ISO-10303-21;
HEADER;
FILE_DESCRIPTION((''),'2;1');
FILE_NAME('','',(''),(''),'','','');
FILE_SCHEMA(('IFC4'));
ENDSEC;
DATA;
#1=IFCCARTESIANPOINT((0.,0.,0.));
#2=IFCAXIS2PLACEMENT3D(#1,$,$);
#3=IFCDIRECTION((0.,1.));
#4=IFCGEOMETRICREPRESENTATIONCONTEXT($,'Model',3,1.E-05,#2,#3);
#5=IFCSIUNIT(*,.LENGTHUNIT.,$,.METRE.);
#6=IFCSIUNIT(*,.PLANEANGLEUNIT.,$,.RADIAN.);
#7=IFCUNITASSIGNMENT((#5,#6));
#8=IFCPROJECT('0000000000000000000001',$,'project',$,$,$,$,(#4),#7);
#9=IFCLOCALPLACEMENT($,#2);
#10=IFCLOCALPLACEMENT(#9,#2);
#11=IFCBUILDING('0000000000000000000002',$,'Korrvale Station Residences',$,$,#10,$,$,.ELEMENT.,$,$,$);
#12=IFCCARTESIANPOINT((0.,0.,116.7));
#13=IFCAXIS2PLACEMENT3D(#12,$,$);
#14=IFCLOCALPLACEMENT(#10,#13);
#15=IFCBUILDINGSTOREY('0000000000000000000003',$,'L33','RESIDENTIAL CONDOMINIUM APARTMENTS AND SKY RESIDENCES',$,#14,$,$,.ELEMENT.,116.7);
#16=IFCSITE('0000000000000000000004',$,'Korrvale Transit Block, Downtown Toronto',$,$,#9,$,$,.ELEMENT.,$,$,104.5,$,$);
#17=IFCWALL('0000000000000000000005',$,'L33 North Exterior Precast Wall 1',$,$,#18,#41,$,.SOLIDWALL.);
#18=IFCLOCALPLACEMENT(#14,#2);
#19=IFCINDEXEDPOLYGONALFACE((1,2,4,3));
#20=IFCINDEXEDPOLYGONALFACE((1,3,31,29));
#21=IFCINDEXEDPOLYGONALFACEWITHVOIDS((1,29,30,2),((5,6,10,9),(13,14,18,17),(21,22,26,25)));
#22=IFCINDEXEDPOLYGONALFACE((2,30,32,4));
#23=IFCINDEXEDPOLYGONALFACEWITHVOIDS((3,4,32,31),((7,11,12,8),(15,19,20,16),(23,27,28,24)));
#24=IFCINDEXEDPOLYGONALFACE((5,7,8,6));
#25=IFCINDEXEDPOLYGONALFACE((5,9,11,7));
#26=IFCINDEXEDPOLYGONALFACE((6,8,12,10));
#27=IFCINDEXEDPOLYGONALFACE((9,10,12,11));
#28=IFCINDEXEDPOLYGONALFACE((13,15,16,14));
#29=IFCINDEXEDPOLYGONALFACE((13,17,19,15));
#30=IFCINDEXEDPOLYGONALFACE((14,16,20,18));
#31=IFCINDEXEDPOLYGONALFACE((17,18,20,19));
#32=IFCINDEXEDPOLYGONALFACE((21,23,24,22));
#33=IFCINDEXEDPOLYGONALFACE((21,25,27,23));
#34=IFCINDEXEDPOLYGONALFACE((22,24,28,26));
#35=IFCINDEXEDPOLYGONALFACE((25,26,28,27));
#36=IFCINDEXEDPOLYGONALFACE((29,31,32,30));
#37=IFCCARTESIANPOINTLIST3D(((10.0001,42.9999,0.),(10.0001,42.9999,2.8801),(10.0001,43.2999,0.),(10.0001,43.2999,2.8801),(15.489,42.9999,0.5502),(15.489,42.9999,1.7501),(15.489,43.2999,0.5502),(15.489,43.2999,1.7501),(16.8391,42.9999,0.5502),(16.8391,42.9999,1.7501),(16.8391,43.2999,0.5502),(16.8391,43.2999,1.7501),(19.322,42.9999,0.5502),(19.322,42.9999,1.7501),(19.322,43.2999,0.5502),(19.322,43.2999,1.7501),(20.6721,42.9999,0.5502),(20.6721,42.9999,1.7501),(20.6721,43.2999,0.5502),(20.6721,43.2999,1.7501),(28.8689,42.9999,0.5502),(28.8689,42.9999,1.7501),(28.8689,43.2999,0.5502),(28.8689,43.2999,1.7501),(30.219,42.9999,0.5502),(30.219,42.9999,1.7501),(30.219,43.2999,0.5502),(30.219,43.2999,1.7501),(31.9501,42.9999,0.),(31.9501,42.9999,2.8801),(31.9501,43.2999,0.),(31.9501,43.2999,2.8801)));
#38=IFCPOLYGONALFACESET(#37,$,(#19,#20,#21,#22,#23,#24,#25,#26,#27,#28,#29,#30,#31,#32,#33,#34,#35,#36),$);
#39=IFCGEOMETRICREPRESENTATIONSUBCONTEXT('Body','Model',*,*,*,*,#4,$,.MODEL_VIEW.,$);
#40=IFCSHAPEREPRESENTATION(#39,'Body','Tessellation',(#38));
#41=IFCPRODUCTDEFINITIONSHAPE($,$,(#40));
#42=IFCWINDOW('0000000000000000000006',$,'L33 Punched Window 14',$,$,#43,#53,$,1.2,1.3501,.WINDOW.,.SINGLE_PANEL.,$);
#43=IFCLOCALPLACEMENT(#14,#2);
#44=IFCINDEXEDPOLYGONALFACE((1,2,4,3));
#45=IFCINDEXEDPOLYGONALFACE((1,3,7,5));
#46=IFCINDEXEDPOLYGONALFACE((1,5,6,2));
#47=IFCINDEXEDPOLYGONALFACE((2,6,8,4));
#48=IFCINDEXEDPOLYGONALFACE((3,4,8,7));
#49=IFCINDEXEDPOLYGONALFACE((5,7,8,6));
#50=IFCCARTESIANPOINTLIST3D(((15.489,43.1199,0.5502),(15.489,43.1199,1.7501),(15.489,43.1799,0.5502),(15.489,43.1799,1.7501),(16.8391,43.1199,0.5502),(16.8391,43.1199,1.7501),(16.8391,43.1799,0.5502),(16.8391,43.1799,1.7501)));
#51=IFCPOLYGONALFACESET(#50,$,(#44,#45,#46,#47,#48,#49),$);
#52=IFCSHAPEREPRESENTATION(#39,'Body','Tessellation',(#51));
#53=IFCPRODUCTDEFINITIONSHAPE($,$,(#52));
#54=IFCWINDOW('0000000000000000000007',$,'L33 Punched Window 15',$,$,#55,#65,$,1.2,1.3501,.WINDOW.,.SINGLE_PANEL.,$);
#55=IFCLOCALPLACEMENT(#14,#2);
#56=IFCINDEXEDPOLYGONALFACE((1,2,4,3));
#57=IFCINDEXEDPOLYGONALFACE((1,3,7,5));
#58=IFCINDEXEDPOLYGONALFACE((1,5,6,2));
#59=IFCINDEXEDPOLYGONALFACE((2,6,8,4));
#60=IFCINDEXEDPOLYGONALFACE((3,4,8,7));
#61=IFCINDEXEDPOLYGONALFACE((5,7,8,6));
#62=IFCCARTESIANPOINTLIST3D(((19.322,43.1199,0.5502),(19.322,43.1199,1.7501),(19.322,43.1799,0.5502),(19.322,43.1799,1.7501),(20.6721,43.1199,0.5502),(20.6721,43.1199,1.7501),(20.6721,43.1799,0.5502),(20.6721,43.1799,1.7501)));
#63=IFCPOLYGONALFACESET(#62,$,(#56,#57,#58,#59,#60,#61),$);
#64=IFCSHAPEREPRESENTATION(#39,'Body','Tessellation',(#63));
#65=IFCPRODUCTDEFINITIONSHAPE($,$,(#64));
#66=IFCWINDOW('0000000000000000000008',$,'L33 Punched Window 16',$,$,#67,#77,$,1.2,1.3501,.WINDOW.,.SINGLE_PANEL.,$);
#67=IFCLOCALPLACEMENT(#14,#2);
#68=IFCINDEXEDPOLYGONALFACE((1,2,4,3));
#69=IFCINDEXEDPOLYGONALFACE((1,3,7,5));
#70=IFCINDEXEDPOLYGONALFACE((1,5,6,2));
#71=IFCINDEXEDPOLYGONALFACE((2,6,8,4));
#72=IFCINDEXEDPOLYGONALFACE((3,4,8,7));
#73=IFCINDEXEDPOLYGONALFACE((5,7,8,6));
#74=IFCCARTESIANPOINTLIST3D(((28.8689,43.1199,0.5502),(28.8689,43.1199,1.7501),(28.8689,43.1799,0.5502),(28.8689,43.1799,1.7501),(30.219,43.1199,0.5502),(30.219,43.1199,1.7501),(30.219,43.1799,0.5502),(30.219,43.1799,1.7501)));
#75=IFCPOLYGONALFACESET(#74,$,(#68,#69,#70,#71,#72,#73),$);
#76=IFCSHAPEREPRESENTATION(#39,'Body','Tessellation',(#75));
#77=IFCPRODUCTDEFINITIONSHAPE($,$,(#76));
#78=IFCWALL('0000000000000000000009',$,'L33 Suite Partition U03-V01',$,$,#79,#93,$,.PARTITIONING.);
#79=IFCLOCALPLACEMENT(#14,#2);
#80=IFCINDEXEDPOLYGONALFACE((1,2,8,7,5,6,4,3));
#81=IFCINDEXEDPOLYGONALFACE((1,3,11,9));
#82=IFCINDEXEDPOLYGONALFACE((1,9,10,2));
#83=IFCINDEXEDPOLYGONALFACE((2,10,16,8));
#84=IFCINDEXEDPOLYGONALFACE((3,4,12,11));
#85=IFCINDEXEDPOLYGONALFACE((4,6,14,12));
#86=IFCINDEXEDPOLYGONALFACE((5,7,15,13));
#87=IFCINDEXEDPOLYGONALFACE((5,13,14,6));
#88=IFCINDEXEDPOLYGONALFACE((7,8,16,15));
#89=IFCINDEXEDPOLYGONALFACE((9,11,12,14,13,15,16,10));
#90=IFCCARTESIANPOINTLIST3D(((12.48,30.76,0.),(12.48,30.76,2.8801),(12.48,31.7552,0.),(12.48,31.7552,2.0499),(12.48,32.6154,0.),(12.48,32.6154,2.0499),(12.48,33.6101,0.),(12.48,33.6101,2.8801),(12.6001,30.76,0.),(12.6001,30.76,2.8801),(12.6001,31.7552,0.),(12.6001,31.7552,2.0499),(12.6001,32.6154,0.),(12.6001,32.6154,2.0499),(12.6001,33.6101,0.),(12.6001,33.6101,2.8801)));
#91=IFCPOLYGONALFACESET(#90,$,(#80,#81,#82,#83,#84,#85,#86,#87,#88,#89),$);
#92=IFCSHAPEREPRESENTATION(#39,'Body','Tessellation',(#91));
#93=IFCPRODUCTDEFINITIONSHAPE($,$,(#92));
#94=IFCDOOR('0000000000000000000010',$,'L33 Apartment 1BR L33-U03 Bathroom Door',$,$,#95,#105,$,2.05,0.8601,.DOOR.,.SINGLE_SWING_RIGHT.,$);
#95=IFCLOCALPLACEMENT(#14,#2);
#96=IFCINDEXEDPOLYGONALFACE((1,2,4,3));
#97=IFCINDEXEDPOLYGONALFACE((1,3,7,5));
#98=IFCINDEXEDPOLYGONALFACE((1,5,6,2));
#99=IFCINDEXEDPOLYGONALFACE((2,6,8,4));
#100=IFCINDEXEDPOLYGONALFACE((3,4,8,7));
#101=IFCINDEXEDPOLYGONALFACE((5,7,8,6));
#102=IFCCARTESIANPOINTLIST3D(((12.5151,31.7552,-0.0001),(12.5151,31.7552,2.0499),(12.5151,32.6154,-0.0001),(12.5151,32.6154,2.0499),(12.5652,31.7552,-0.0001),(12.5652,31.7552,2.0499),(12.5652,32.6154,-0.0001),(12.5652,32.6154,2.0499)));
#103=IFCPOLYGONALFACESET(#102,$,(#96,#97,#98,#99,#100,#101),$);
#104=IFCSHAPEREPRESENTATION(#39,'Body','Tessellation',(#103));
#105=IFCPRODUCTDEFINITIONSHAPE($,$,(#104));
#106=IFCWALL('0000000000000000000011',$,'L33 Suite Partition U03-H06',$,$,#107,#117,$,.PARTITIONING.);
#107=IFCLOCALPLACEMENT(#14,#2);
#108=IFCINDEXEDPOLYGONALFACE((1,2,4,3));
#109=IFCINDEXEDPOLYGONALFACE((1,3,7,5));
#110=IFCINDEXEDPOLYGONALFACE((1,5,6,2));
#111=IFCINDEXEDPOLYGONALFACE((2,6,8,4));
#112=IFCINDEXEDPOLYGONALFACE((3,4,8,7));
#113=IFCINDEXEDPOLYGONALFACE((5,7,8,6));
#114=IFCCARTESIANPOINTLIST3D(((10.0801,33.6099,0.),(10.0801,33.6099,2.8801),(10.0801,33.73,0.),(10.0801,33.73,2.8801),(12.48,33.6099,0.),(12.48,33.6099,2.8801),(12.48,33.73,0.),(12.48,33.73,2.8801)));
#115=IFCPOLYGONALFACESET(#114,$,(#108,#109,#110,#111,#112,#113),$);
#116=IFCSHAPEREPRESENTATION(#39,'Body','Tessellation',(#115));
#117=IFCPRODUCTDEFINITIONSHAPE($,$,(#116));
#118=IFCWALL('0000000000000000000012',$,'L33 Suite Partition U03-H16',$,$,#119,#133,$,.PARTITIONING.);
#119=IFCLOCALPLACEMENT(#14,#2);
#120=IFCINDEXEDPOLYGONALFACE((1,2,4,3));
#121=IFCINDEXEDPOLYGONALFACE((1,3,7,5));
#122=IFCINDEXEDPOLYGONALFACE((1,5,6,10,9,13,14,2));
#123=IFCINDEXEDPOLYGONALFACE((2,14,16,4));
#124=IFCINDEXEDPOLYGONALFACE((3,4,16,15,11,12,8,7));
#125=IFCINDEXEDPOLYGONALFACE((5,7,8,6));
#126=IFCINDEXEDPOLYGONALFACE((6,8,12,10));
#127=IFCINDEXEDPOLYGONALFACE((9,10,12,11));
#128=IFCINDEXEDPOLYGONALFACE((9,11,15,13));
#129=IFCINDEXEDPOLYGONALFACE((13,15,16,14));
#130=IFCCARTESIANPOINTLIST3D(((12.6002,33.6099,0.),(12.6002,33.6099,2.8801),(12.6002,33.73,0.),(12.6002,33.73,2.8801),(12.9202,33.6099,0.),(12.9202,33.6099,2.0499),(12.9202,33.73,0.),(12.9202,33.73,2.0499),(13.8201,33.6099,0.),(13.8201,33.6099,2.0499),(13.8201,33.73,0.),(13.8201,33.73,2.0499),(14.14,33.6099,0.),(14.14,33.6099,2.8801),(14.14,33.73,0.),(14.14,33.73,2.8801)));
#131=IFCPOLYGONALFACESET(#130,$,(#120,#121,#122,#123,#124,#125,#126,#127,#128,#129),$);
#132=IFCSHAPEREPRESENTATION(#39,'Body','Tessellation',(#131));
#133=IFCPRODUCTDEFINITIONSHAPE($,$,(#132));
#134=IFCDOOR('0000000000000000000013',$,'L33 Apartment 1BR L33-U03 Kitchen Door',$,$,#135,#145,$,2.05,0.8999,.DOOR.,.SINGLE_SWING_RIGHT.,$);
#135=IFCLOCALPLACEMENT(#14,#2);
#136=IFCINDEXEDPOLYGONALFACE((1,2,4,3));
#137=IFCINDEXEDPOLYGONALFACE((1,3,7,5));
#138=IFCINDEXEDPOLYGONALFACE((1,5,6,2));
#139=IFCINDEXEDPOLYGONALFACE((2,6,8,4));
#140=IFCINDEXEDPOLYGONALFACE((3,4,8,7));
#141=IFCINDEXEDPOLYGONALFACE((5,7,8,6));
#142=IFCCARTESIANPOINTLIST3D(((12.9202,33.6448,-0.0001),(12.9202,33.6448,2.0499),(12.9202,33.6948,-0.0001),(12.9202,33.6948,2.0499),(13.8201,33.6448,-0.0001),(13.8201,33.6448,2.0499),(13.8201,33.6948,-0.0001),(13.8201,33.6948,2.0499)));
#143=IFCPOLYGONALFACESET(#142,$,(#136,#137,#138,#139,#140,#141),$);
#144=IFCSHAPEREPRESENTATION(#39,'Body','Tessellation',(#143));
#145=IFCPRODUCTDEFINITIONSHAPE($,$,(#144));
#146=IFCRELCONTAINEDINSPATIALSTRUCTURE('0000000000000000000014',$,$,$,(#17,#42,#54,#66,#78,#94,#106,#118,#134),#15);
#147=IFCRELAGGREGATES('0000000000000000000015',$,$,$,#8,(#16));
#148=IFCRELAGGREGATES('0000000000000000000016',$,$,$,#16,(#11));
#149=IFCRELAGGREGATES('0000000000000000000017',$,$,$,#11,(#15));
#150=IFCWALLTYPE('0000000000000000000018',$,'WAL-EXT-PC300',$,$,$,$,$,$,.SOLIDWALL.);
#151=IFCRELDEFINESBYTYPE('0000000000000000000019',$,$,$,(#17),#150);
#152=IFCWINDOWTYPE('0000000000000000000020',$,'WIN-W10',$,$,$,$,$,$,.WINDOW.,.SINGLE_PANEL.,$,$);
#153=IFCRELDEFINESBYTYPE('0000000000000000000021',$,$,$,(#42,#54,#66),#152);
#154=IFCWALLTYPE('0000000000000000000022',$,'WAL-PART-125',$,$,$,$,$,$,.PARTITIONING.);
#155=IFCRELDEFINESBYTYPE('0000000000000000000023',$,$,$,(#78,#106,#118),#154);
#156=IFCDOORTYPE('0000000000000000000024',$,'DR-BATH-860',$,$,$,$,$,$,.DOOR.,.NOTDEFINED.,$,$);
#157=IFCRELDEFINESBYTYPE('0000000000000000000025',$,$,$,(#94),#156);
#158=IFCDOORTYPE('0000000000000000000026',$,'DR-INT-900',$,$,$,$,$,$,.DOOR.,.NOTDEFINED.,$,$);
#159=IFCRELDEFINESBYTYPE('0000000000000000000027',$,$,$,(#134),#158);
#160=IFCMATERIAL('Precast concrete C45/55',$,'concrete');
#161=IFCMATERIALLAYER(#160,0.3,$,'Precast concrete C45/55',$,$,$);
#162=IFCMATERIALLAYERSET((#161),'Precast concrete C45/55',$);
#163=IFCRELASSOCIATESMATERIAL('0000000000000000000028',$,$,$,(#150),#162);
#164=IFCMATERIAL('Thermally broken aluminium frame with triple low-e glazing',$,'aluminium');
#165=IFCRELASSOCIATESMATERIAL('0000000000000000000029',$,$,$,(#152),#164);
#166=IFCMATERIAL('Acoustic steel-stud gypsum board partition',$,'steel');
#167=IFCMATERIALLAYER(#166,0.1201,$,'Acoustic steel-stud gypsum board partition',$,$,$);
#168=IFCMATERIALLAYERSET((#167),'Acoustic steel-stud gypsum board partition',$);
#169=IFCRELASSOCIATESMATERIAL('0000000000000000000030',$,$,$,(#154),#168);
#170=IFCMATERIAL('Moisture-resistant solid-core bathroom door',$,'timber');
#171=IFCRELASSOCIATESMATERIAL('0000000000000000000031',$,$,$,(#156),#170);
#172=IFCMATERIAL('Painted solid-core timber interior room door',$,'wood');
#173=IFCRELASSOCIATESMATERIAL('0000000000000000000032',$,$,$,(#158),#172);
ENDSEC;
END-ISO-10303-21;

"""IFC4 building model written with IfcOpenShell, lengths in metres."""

from ifc_helpers import new_model, si_unit, direction, frame, frame_2d, origin, place, context, subcontext, project, spatial, rectangle, extrude, material, layer, layer_set, type_object, element, fill, save


model = new_model("IFC4")

# Units and contexts
model_context = context("Model", 3, precision=1e-05, world=origin(), true_north=direction((0.0, 1.0)))
body_context = subcontext(model_context, "Body", "Model", "MODEL_VIEW")
ifc_project = project(units=[si_unit("LENGTHUNIT", "METRE"), si_unit("PLANEANGLEUNIT", "RADIAN")], contexts=[model_context])

# Site, building, storey
site_placement = place(None, origin())
site = spatial("IfcSite", under=ifc_project, at=site_placement, Name="Korrvale Transit Block, Downtown Toronto", CompositionType="ELEMENT", RefElevation=104.5)
building_placement = place(site_placement, origin())
building = spatial("IfcBuilding", under=site, at=building_placement, Name="Korrvale Station Residences", CompositionType="ELEMENT")
storey_placement = place(building_placement, frame((0.0, 0.0, 116.7)))
storey = spatial("IfcBuildingStorey", under=building, at=storey_placement, Name="L33", Description="RESIDENTIAL CONDOMINIUM APARTMENTS AND SKY RESIDENCES", CompositionType="ELEMENT", Elevation=116.7)

# Shared definitions
ifc_material_1 = material(Name="Precast concrete C45/55", Category="concrete")

# Wall, openings, windows
ifc_layer_1 = layer(ifc_material_1, 0.3, Name="Precast concrete C45/55")
ifc_layer_set_1 = layer_set([ifc_layer_1], Name="Precast concrete C45/55")
wall_type_1 = type_object("IfcWallType", Name="WAL-EXT-PC300", PredefinedType="SOLIDWALL", material=ifc_layer_set_1)
wall_1_placement = place(storey_placement, frame((10.0, 43.1499, 0.0), z_axis=(0.0, 0.0, 1.0), x_axis=(1.0, 0.0, 0.0)))
wall_1 = element("IfcWall", 1, at=wall_1_placement, inside=storey, type_object=wall_type_1, Name="L33 North Exterior Precast Wall 1", PredefinedType="SOLIDWALL", context=body_context, shape_type="SweptSolid", body=[
    extrude(rectangle(XDim=21.95, YDim=0.3, at=frame_2d((10.9751, 0.0))), origin(), (0.0, 0.0, 1.0), 2.8801),
])
opening_1_placement = place(wall_1_placement, frame((5.489, 0.0, 0.55)))
opening_1 = element("IfcOpeningElement", 2, at=opening_1_placement, cuts=wall_1, PredefinedType="OPENING", context=body_context, shape_type="SweptSolid", body=[
    extrude(rectangle(XDim=1.3501, YDim=1.2, at=frame_2d((0.675, 0.6001))), frame((0.0, 0.1602, 0.0), z_axis=(0.0, -1.0, 0.0), x_axis=(1.0, 0.0, 0.0)), (0.0, 0.0, 1.0), 0.3201),
])
opening_2_placement = place(wall_1_placement, frame((9.322, 0.0, 0.55)))
opening_2 = element("IfcOpeningElement", 3, at=opening_2_placement, cuts=wall_1, PredefinedType="OPENING", context=body_context, shape_type="SweptSolid", body=[
    extrude(rectangle(XDim=1.3501, YDim=1.2, at=frame_2d((0.675, 0.6001))), frame((0.0, 0.1602, 0.0), z_axis=(0.0, -1.0, 0.0), x_axis=(1.0, 0.0, 0.0)), (0.0, 0.0, 1.0), 0.3201),
])
opening_3_placement = place(wall_1_placement, frame((18.8689, 0.0, 0.55)))
opening_3 = element("IfcOpeningElement", 4, at=opening_3_placement, cuts=wall_1, PredefinedType="OPENING", context=body_context, shape_type="SweptSolid", body=[
    extrude(rectangle(XDim=1.3501, YDim=1.2, at=frame_2d((0.675, 0.6001))), frame((0.0, 0.1602, 0.0), z_axis=(0.0, -1.0, 0.0), x_axis=(1.0, 0.0, 0.0)), (0.0, 0.0, 1.0), 0.3201),
])
ifc_material_2 = material(Name="Thermally broken aluminium frame with triple low-e glazing", Category="aluminium")
window_type = type_object("IfcWindowType", Name="WIN-W10", PartitioningType="SINGLE_PANEL", PredefinedType="WINDOW", material=ifc_material_2)
window_1_placement = place(opening_1_placement, origin())
window_1 = element("IfcWindow", 5, at=window_1_placement, inside=storey, type_object=window_type, Name="L33 Punched Window 14", OverallHeight=1.2, OverallWidth=1.3501, PartitioningType="SINGLE_PANEL", PredefinedType="WINDOW", context=body_context, shape_type="SweptSolid", body=[
    extrude(rectangle(XDim=1.3501, YDim=1.2, at=frame_2d((0.675, 0.6001))), frame((0.0, 0.03, 0.0), z_axis=(0.0, -1.0, 0.0), x_axis=(1.0, 0.0, 0.0)), (0.0, 0.0, 1.0), 0.0601),
])
fill(opening_1, window_1)
window_2_placement = place(opening_2_placement, origin())
window_2 = element("IfcWindow", 6, at=window_2_placement, inside=storey, type_object=window_type, Name="L33 Punched Window 15", OverallHeight=1.2, OverallWidth=1.3501, PartitioningType="SINGLE_PANEL", PredefinedType="WINDOW", context=body_context, shape_type="SweptSolid", body=[
    extrude(rectangle(XDim=1.3501, YDim=1.2, at=frame_2d((0.675, 0.6001))), frame((0.0, 0.03, 0.0), z_axis=(0.0, -1.0, 0.0), x_axis=(1.0, 0.0, 0.0)), (0.0, 0.0, 1.0), 0.0601),
])
fill(opening_2, window_2)
window_3_placement = place(opening_3_placement, origin())
window_3 = element("IfcWindow", 7, at=window_3_placement, inside=storey, type_object=window_type, Name="L33 Punched Window 16", OverallHeight=1.2, OverallWidth=1.3501, PartitioningType="SINGLE_PANEL", PredefinedType="WINDOW", context=body_context, shape_type="SweptSolid", body=[
    extrude(rectangle(XDim=1.3501, YDim=1.2, at=frame_2d((0.675, 0.6001))), frame((0.0, 0.03, 0.0), z_axis=(0.0, -1.0, 0.0), x_axis=(1.0, 0.0, 0.0)), (0.0, 0.0, 1.0), 0.0601),
])
fill(opening_3, window_3)

# Wall, opening, door
ifc_material_3 = material(Name="Acoustic steel-stud gypsum board partition", Category="steel")
ifc_layer_2 = layer(ifc_material_3, 0.1201, Name="Acoustic steel-stud gypsum board partition")
ifc_layer_set_2 = layer_set([ifc_layer_2], Name="Acoustic steel-stud gypsum board partition")
wall_type_2 = type_object("IfcWallType", Name="WAL-PART-125", PredefinedType="PARTITIONING", material=ifc_layer_set_2)
wall_2_placement = place(storey_placement, frame((12.54, 30.76, 0.0), z_axis=(0.0, 0.0, 1.0), x_axis=(0.0, 1.0, 0.0)))
wall_2 = element("IfcWall", 8, at=wall_2_placement, inside=storey, type_object=wall_type_2, Name="L33 Suite Partition U03-V01", PredefinedType="PARTITIONING", context=body_context, shape_type="SweptSolid", body=[
    extrude(rectangle(XDim=2.8501, YDim=0.1201, at=frame_2d((1.425, 0.0))), origin(), (0.0, 0.0, 1.0), 2.8801),
])
opening_4_placement = place(wall_2_placement, frame((0.9951, 0.0, 0.0)))
opening_4 = element("IfcOpeningElement", 9, at=opening_4_placement, cuts=wall_2, PredefinedType="OPENING", context=body_context, shape_type="SweptSolid", body=[
    extrude(rectangle(XDim=0.8601, YDim=2.05, at=frame_2d((0.4302, 1.0249))), frame((0.0, 0.0701, 0.0), z_axis=(0.0, -1.0, 0.0), x_axis=(1.0, 0.0, 0.0)), (0.0, 0.0, 1.0), 0.1401),
])
ifc_material_4 = material(Name="Moisture-resistant solid-core bathroom door", Category="timber")
door_type_1 = type_object("IfcDoorType", Name="DR-BATH-860", OperationType="NOTDEFINED", PredefinedType="DOOR", material=ifc_material_4)
door_1_placement = place(opening_4_placement, origin())
door_1 = element("IfcDoor", 10, at=door_1_placement, inside=storey, type_object=door_type_1, Name="L33 Apartment 1BR L33-U03 Bathroom Door", OperationType="SINGLE_SWING_RIGHT", OverallHeight=2.05, OverallWidth=0.8601, PredefinedType="DOOR", context=body_context, shape_type="SweptSolid", body=[
    extrude(rectangle(XDim=0.8601, YDim=2.05, at=frame_2d((0.4302, 1.0249))), frame((0.0, 0.0249, 0.0), z_axis=(0.0, -1.0, 0.0), x_axis=(1.0, 0.0, 0.0)), (0.0, 0.0, 1.0), 0.05),
])
fill(opening_4, door_1)

# Wall
wall_3_placement = place(storey_placement, frame((10.0801, 33.6699, 0.0), z_axis=(0.0, 0.0, 1.0), x_axis=(1.0, 0.0, 0.0)))
element("IfcWall", 11, at=wall_3_placement, inside=storey, type_object=wall_type_2, Name="L33 Suite Partition U03-H06", PredefinedType="PARTITIONING", context=body_context, shape_type="SweptSolid", body=[
    extrude(rectangle(XDim=2.3999, YDim=0.1201, at=frame_2d((1.2, 0.0))), origin(), (0.0, 0.0, 1.0), 2.8801),
])

# Wall, opening, door
wall_4_placement = place(storey_placement, frame((12.6001, 33.6699, 0.0), z_axis=(0.0, 0.0, 1.0), x_axis=(1.0, 0.0, 0.0)))
wall_4 = element("IfcWall", 12, at=wall_4_placement, inside=storey, type_object=wall_type_2, Name="L33 Suite Partition U03-H16", PredefinedType="PARTITIONING", context=body_context, shape_type="SweptSolid", body=[
    extrude(rectangle(XDim=1.5398, YDim=0.1201, at=frame_2d((0.77, 0.0))), origin(), (0.0, 0.0, 1.0), 2.8801),
])
opening_5_placement = place(wall_4_placement, frame((0.3201, 0.0, 0.0)))
opening_5 = element("IfcOpeningElement", 13, at=opening_5_placement, cuts=wall_4, PredefinedType="OPENING", context=body_context, shape_type="SweptSolid", body=[
    extrude(rectangle(XDim=0.8999, YDim=2.05, at=frame_2d((0.45, 1.0249))), frame((0.0, 0.0701, 0.0), z_axis=(0.0, -1.0, 0.0), x_axis=(1.0, 0.0, 0.0)), (0.0, 0.0, 1.0), 0.1401),
])
ifc_material_5 = material(Name="Painted solid-core timber interior room door", Category="wood")
door_type_2 = type_object("IfcDoorType", Name="DR-INT-900", OperationType="NOTDEFINED", PredefinedType="DOOR", material=ifc_material_5)
door_2_placement = place(opening_5_placement, origin())
door_2 = element("IfcDoor", 14, at=door_2_placement, inside=storey, type_object=door_type_2, Name="L33 Apartment 1BR L33-U03 Kitchen Door", OperationType="SINGLE_SWING_RIGHT", OverallHeight=2.05, OverallWidth=0.8999, PredefinedType="DOOR", context=body_context, shape_type="SweptSolid", body=[
    extrude(rectangle(XDim=0.8999, YDim=2.05, at=frame_2d((0.45, 1.0249))), frame((0.0, 0.0249, 0.0), z_axis=(0.0, -1.0, 0.0), x_axis=(1.0, 0.0, 0.0)), (0.0, 0.0, 1.0), 0.05),
])
fill(opening_5, door_2)

save(model, "model.ifc")
